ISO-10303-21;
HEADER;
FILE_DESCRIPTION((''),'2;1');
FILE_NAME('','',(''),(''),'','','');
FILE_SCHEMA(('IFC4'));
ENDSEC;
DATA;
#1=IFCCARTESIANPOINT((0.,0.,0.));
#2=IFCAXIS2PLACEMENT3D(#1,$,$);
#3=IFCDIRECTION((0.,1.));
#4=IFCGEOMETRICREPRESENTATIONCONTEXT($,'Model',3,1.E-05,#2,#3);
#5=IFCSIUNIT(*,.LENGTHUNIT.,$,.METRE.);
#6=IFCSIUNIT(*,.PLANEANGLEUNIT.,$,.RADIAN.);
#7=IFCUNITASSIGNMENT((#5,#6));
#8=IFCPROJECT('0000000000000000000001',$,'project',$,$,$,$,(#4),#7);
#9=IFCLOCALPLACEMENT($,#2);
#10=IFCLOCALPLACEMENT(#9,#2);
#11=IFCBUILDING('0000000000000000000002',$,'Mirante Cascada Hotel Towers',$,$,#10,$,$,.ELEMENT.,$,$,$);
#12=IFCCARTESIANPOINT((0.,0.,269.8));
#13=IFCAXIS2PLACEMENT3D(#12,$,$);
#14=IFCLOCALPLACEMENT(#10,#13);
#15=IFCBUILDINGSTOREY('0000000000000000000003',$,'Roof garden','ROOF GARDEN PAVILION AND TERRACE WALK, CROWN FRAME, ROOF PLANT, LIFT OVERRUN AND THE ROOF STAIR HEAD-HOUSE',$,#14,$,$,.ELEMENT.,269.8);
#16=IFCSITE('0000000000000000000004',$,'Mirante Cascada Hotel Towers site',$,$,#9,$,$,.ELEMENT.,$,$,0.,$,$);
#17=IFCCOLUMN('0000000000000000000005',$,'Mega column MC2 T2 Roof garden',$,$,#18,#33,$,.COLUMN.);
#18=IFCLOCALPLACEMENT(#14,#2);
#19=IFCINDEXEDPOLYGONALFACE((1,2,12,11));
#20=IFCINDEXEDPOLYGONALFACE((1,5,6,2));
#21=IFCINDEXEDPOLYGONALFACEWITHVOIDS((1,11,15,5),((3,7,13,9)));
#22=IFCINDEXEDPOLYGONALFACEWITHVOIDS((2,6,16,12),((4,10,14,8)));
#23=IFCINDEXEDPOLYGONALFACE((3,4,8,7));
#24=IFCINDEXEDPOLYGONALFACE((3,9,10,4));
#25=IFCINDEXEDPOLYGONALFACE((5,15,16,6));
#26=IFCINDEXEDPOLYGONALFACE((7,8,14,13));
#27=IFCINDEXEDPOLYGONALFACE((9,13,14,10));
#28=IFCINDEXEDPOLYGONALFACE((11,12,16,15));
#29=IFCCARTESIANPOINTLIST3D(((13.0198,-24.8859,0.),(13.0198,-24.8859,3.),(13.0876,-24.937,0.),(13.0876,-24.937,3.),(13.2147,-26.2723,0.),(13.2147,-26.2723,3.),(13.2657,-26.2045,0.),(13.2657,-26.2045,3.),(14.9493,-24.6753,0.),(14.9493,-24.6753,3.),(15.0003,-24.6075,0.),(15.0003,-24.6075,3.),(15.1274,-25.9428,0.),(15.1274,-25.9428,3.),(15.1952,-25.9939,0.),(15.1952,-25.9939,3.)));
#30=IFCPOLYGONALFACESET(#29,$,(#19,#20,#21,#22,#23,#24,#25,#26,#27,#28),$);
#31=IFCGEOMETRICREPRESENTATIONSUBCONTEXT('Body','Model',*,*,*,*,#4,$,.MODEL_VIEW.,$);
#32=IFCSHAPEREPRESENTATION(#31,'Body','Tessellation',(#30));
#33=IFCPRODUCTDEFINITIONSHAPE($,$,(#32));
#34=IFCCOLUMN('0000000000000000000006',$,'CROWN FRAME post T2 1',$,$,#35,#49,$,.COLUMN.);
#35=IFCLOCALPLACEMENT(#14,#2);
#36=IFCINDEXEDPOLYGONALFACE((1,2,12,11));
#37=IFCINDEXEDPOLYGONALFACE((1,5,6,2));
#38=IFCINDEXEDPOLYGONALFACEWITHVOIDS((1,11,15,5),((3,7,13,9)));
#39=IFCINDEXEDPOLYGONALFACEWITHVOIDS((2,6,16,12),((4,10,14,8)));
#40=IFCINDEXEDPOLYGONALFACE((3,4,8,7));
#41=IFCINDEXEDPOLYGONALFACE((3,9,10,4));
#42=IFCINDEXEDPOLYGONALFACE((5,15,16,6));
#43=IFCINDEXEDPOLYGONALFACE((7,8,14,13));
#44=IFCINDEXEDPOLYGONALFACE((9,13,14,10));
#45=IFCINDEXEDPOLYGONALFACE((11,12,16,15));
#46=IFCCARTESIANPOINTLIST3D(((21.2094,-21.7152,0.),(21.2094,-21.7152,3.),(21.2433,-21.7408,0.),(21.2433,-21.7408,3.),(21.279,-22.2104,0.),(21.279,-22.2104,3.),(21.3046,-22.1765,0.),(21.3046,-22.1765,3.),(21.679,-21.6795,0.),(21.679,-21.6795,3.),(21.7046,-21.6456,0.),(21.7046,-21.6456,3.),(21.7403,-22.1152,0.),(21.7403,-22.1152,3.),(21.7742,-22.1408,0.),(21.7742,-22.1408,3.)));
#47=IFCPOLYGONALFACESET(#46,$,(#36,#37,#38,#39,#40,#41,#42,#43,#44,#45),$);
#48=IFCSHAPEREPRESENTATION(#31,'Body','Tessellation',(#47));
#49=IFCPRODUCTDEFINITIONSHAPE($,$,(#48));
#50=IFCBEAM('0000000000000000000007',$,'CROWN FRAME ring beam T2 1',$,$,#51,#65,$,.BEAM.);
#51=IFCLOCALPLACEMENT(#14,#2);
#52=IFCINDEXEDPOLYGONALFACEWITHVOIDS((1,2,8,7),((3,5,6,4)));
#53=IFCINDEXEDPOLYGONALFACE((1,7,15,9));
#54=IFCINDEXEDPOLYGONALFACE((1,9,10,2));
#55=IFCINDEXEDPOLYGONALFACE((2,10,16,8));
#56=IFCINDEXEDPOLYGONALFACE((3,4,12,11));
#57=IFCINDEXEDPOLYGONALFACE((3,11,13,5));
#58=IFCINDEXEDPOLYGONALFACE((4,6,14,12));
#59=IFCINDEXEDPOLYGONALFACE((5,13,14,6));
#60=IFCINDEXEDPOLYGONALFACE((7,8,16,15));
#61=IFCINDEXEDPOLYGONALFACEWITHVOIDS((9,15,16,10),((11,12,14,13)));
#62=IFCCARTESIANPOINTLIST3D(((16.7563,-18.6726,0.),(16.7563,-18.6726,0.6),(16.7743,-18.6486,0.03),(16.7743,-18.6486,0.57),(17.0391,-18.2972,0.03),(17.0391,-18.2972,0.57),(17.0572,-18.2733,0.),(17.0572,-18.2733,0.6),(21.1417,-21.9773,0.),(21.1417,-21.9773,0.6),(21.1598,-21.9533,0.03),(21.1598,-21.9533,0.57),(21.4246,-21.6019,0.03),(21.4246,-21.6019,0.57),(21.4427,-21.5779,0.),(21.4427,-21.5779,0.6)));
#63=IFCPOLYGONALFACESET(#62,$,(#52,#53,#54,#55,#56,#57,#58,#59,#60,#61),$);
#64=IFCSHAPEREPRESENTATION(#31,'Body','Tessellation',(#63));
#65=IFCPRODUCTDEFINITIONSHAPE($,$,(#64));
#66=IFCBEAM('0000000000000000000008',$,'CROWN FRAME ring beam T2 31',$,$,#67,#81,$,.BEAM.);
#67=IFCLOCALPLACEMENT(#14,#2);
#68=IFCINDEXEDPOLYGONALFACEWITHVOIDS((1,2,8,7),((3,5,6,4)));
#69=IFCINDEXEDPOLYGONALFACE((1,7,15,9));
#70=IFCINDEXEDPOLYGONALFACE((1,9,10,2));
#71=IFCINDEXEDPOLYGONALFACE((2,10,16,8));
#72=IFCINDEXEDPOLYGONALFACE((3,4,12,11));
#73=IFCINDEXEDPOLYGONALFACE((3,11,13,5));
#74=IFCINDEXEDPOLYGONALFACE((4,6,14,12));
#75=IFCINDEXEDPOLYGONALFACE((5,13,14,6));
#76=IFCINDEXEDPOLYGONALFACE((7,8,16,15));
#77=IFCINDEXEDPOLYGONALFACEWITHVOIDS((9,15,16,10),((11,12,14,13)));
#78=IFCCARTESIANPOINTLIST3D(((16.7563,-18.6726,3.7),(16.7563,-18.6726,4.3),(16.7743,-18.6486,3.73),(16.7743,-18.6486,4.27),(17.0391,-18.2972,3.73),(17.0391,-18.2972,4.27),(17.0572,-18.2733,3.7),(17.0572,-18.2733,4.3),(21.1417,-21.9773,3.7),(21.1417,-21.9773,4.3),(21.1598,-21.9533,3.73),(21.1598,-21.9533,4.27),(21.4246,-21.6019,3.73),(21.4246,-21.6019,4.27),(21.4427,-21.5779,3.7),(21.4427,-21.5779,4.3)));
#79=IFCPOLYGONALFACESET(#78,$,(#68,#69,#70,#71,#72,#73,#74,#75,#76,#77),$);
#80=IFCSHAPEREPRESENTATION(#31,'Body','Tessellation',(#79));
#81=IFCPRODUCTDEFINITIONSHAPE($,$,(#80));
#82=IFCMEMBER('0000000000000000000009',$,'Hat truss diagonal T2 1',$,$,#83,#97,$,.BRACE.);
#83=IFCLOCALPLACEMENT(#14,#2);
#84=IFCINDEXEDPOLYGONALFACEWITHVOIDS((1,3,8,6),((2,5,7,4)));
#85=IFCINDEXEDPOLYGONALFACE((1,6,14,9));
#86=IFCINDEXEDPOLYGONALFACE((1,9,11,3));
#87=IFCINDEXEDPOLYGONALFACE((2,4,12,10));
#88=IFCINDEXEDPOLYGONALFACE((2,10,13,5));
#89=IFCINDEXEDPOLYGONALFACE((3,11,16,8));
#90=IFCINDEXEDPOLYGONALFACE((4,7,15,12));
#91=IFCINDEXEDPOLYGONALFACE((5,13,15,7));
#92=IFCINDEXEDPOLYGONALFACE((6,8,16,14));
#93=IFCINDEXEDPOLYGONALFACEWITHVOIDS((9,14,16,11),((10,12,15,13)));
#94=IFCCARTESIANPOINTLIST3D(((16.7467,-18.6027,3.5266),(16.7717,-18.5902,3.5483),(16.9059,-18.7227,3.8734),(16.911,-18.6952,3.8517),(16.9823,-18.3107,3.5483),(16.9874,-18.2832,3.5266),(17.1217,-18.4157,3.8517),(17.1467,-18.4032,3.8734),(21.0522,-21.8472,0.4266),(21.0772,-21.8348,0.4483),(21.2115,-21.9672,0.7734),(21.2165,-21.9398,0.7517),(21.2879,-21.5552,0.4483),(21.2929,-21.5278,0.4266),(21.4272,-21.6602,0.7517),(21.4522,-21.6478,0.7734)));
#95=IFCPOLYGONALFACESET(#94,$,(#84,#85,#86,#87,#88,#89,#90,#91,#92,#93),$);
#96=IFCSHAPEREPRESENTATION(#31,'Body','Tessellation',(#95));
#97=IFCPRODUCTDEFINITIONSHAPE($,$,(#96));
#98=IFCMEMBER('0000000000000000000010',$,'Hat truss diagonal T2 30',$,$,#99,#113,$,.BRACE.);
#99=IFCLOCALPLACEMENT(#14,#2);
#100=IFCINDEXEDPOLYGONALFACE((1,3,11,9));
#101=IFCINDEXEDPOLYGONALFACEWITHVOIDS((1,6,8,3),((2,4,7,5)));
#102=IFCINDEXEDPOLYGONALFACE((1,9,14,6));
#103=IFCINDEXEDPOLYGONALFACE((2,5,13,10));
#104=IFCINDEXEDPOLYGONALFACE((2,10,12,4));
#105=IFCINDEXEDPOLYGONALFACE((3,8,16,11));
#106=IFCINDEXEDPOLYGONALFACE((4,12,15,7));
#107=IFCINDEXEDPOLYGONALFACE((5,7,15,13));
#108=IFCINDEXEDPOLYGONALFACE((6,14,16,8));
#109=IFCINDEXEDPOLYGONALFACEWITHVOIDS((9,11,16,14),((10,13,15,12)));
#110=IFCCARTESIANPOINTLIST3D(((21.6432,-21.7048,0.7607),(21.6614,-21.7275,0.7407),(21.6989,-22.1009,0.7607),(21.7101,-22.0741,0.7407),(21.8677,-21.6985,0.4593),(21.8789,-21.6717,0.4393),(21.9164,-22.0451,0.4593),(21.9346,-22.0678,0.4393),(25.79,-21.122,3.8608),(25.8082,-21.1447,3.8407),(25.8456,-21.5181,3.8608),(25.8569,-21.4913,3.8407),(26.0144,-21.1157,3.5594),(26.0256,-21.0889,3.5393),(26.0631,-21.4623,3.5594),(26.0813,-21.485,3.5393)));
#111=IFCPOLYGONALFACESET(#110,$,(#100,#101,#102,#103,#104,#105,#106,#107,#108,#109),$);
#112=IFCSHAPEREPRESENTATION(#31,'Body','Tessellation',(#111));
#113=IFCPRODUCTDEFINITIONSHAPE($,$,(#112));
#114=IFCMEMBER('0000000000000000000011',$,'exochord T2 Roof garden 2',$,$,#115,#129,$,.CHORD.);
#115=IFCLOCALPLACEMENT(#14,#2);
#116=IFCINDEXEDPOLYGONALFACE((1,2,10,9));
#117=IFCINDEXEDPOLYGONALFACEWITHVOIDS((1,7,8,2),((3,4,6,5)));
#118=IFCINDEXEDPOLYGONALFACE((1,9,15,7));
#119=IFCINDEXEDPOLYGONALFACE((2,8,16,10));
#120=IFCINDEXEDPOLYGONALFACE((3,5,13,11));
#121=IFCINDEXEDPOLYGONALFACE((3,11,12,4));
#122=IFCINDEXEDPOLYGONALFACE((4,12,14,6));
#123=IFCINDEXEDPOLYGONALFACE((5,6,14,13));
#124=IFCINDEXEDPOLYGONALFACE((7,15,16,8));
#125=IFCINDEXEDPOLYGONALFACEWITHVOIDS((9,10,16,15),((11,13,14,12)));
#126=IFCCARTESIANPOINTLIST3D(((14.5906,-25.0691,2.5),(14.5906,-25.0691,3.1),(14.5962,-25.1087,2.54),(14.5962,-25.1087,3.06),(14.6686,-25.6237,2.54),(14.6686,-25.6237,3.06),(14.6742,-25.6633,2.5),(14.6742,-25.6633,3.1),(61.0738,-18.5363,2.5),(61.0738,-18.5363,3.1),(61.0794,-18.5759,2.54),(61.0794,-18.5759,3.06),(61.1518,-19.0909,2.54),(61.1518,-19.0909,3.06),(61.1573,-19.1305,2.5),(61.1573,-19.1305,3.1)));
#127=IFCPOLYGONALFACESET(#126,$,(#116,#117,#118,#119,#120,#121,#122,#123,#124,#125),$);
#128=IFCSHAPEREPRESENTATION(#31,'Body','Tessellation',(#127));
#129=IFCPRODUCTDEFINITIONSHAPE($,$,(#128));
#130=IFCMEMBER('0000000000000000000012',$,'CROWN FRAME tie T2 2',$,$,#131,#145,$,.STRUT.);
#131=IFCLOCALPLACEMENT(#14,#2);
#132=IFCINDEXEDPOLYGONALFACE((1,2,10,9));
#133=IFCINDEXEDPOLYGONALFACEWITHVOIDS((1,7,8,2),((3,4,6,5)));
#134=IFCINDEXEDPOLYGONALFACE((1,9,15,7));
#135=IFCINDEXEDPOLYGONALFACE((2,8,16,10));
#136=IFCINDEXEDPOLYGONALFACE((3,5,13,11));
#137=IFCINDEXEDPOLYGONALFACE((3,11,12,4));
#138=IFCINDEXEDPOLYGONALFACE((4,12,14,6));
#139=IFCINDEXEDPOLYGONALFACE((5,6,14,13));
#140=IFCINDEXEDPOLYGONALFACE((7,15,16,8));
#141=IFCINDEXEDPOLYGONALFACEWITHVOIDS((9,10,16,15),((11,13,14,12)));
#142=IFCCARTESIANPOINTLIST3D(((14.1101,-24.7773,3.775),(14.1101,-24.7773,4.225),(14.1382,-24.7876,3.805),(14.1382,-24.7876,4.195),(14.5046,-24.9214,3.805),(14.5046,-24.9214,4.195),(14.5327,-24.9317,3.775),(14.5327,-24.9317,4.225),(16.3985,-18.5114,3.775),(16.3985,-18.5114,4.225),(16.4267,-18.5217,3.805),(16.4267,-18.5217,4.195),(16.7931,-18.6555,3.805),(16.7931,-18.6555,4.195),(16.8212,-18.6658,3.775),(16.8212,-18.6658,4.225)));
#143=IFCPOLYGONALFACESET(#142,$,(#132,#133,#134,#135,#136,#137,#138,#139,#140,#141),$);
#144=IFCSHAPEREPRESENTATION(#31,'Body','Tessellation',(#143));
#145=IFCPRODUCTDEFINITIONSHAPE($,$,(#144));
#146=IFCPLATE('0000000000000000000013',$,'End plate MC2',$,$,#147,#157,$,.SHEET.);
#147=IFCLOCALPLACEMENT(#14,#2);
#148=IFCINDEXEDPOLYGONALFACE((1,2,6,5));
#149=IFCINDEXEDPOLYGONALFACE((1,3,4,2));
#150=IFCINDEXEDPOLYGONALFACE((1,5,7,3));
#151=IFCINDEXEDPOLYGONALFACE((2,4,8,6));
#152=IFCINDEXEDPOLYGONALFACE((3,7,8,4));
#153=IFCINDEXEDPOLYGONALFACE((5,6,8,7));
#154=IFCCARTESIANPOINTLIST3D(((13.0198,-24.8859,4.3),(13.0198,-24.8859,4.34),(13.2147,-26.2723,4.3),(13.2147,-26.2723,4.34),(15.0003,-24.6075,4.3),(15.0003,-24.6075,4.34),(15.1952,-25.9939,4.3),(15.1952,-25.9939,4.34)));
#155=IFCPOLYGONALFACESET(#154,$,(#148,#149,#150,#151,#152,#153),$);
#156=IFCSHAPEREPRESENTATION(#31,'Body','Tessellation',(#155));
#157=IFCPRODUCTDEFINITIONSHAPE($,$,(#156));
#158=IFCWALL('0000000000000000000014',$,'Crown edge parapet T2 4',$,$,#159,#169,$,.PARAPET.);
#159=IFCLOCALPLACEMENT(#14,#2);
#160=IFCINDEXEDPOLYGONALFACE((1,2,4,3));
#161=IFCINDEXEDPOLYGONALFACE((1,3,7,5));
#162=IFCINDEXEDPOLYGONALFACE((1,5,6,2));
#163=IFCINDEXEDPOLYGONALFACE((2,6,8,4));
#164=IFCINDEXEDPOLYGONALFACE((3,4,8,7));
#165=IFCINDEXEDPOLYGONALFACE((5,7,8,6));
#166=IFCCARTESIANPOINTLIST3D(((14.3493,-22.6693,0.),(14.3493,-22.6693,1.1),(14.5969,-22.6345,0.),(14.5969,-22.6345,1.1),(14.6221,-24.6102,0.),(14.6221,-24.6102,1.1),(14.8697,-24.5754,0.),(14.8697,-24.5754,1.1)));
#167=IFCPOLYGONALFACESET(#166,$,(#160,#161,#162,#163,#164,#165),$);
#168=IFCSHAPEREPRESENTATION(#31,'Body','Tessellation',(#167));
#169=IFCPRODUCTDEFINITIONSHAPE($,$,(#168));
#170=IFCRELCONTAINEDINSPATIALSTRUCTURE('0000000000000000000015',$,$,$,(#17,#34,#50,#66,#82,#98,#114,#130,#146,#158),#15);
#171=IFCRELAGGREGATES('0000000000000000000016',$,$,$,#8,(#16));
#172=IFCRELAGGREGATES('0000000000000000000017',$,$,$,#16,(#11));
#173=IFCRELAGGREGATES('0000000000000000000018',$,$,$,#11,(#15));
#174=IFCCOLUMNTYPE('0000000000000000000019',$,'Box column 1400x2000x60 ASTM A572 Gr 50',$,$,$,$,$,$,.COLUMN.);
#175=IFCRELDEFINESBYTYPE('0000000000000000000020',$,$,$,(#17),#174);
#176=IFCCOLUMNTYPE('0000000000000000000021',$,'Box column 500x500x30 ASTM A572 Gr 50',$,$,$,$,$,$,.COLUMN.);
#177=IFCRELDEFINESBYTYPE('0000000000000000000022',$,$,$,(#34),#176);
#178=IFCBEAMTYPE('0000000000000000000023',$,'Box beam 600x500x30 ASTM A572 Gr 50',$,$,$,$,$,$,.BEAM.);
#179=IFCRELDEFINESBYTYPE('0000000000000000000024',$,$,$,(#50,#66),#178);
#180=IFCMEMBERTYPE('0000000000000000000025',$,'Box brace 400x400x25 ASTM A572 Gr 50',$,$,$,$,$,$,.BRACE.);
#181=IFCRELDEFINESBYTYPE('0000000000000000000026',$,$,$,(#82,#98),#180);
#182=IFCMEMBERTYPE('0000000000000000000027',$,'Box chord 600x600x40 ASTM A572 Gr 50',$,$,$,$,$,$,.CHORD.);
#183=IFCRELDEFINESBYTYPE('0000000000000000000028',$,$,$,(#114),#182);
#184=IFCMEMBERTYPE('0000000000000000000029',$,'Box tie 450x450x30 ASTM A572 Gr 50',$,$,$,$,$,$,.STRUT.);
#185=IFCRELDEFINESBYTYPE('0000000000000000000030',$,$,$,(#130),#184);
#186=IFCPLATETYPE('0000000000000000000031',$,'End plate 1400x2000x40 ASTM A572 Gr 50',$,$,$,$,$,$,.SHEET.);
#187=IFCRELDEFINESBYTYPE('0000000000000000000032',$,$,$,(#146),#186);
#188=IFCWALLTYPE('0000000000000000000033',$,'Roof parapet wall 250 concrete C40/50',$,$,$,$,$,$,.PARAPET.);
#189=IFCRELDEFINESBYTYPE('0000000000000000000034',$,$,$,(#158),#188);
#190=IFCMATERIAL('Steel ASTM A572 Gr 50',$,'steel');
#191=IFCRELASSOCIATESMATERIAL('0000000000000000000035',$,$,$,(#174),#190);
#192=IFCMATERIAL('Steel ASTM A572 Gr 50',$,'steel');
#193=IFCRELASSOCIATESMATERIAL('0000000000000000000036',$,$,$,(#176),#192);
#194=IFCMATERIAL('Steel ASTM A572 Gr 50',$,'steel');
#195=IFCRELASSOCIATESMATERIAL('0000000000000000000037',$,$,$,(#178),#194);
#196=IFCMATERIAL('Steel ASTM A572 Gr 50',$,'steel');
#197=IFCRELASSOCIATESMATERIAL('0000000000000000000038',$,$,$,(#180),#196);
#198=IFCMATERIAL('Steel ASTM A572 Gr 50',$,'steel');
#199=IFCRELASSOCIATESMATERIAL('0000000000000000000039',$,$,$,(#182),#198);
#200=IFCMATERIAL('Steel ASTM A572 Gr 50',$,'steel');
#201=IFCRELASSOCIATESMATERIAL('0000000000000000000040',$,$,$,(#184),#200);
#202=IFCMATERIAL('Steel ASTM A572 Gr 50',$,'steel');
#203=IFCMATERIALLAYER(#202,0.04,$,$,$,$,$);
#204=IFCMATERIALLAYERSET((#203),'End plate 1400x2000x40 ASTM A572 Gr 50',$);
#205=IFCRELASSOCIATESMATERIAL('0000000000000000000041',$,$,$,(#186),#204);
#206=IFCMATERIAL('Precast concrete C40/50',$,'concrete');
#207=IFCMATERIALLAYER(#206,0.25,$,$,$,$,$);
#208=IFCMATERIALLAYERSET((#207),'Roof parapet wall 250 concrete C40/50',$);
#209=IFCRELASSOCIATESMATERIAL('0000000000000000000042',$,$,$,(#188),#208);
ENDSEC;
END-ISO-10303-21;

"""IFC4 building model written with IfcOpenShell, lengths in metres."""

from ifc_helpers import new_model, si_unit, direction, frame, frame_2d, origin, origin_2d, place, context, subcontext, project, spatial, rectangle, hollow_rectangle, extrude, material, layer, layer_set, material_profile, profile_set, type_object, element, save


model = new_model("IFC4")

# Units and contexts
model_context = context("Model", 3, precision=1e-05, world=origin(), true_north=direction((0.0, 1.0)))
body_context = subcontext(model_context, "Body", "Model", "MODEL_VIEW")
ifc_project = project(units=[si_unit("LENGTHUNIT", "METRE"), si_unit("PLANEANGLEUNIT", "RADIAN")], contexts=[model_context])

# Site, building, storey
site_placement = place(None, origin())
site = spatial("IfcSite", under=ifc_project, at=site_placement, Name="Mirante Cascada Hotel Towers site", CompositionType="ELEMENT", RefElevation=0.0)
building_placement = place(site_placement, origin())
building = spatial("IfcBuilding", under=site, at=building_placement, Name="Mirante Cascada Hotel Towers", CompositionType="ELEMENT")
storey_placement = place(building_placement, frame((0.0, 0.0, 269.8)))
storey = spatial("IfcBuildingStorey", under=building, at=storey_placement, Name="Roof garden", Description="ROOF GARDEN PAVILION AND TERRACE WALK, CROWN FRAME, ROOF PLANT, LIFT OVERRUN AND THE ROOF STAIR HEAD-HOUSE", CompositionType="ELEMENT", Elevation=269.8)

# Columns
ifc_material_1 = material(Name="Steel ASTM A572 Gr 50", Category="steel")
ifc_material_profile_1 = material_profile(ifc_material_1, hollow_rectangle(XDim=2.0, YDim=1.4, WallThickness=0.06, at=origin_2d()), Name="Box column 1400x2000x60 ASTM A572 Gr 50")
ifc_profile_set_1 = profile_set([ifc_material_profile_1], Name="Steel ASTM A572 Gr 50")
column_type_1 = type_object("IfcColumnType", Name="Box column 1400x2000x60 ASTM A572 Gr 50", PredefinedType="COLUMN", material=ifc_profile_set_1)
column_1_placement = place(storey_placement, frame((14.1075, -25.4399, 0.0), z_axis=(0.0, 0.0, 1.0), x_axis=(0.990268, 0.139173, 0.0)))
element("IfcColumn", 1, at=column_1_placement, inside=storey, type_object=column_type_1, Name="Mega column MC2 T2 Roof garden", PredefinedType="COLUMN", context=body_context, shape_type="SweptSolid", body=[
    extrude(hollow_rectangle(XDim=2.0, YDim=1.4, WallThickness=0.06, at=origin_2d()), origin(), (0.0, 0.0, 1.0), 3.0),
])
ifc_material_2 = material(Name="Steel ASTM A572 Gr 50", Category="steel")
ifc_material_profile_2 = material_profile(ifc_material_2, hollow_rectangle(XDim=0.5, YDim=0.5, WallThickness=0.03, at=origin_2d()), Name="Box column 500x500x30 ASTM A572 Gr 50")
ifc_profile_set_2 = profile_set([ifc_material_profile_2], Name="Steel ASTM A572 Gr 50")
column_type_2 = type_object("IfcColumnType", Name="Box column 500x500x30 ASTM A572 Gr 50", PredefinedType="COLUMN", material=ifc_profile_set_2)
column_2_placement = place(storey_placement, frame((21.4918, -21.928, 0.0), z_axis=(0.0, 0.0, 1.0), x_axis=(0.990268, 0.139173, 0.0)))
element("IfcColumn", 2, at=column_2_placement, inside=storey, type_object=column_type_2, Name="CROWN FRAME post T2 1", PredefinedType="COLUMN", context=body_context, shape_type="SweptSolid", body=[
    extrude(hollow_rectangle(XDim=0.5, YDim=0.5, WallThickness=0.03, at=origin_2d()), origin(), (0.0, 0.0, 1.0), 3.0),
])

# Beams
ifc_material_3 = material(Name="Steel ASTM A572 Gr 50", Category="steel")
ifc_material_profile_3 = material_profile(ifc_material_3, hollow_rectangle(XDim=0.5, YDim=0.6, WallThickness=0.03, at=origin_2d()), Name="Box beam 600x500x30 ASTM A572 Gr 50")
ifc_profile_set_3 = profile_set([ifc_material_profile_3], Name="Steel ASTM A572 Gr 50")
beam_type = type_object("IfcBeamType", Name="Box beam 600x500x30 ASTM A572 Gr 50", PredefinedType="BEAM", material=ifc_profile_set_3)
for number, where, z_axis, x_axis, name in (
    (3, (21.2922, -21.7776, 0.3), (-0.798636, 0.601814, 0.0), (-0.601814, -0.798636, 0.0), "CROWN FRAME ring beam T2 1"),
    (4, (21.2922, -21.7776, 4.0), (-0.798636, 0.601814, 0.0), (-0.601814, -0.798636, 0.0), "CROWN FRAME ring beam T2 31"),
):
    element("IfcBeam", number, at=place(storey_placement, frame(where, z_axis=z_axis, x_axis=x_axis)), inside=storey, type_object=beam_type, Name=name, PredefinedType="BEAM", context=body_context, shape_type="SweptSolid", body=[
        extrude(hollow_rectangle(XDim=0.5, YDim=0.6, WallThickness=0.03, at=origin_2d()), origin(), (0.0, 0.0, 1.0), 5.4912),
    ])

# Members
ifc_material_4 = material(Name="Steel ASTM A572 Gr 50", Category="steel")
ifc_material_profile_4 = material_profile(ifc_material_4, hollow_rectangle(XDim=0.4, YDim=0.4, WallThickness=0.025, at=origin_2d()), Name="Box brace 400x400x25 ASTM A572 Gr 50")
ifc_profile_set_4 = profile_set([ifc_material_profile_4], Name="Steel ASTM A572 Gr 50")
member_type_1 = type_object("IfcMemberType", Name="Box brace 400x400x25 ASTM A572 Gr 50", PredefinedType="BRACE", material=ifc_profile_set_4)
member_1_placement = place(storey_placement, frame((21.2522, -21.7475, 0.6), z_axis=(-0.69233, 0.52172, 0.498484), x_axis=(-0.601824, -0.798629, 0.0)))
element("IfcMember", 5, at=member_1_placement, inside=storey, type_object=member_type_1, Name="Hat truss diagonal T2 1", PredefinedType="BRACE", context=body_context, shape_type="SweptSolid", body=[
    extrude(hollow_rectangle(XDim=0.4, YDim=0.4, WallThickness=0.025, at=origin_2d()), origin(), (0.0, 0.0, 1.0), 6.2189),
])
member_2_placement = place(storey_placement, frame((21.7889, -21.8863, 0.6), z_axis=(0.795902, 0.11186, 0.595002), x_axis=(-0.139178, 0.990267, 0.0)))
element("IfcMember", 6, at=member_2_placement, inside=storey, type_object=member_type_1, Name="Hat truss diagonal T2 30", PredefinedType="BRACE", context=body_context, shape_type="SweptSolid", body=[
    extrude(hollow_rectangle(XDim=0.4, YDim=0.4, WallThickness=0.025, at=origin_2d()), origin(), (0.0, 0.0, 1.0), 5.2101),
])
ifc_material_5 = material(Name="Steel ASTM A572 Gr 50", Category="steel")
ifc_material_profile_5 = material_profile(ifc_material_5, hollow_rectangle(XDim=0.6, YDim=0.6, WallThickness=0.04, at=origin_2d()), Name="Box chord 600x600x40 ASTM A572 Gr 50")
ifc_profile_set_5 = profile_set([ifc_material_profile_5], Name="Steel ASTM A572 Gr 50")
member_type_2 = type_object("IfcMemberType", Name="Box chord 600x600x40 ASTM A572 Gr 50", PredefinedType="CHORD", material=ifc_profile_set_5)
member_3_placement = place(storey_placement, frame((14.6324, -25.3662, 2.8), z_axis=(0.990268, 0.139173, 0.0), x_axis=(-0.139173, 0.990268, 0.0)))
element("IfcMember", 7, at=member_3_placement, inside=storey, type_object=member_type_2, Name="exochord T2 Roof garden 2", PredefinedType="CHORD", context=body_context, shape_type="SweptSolid", body=[
    extrude(hollow_rectangle(XDim=0.6, YDim=0.6, WallThickness=0.04, at=origin_2d()), origin(), (0.0, 0.0, 1.0), 46.94),
])
ifc_material_6 = material(Name="Steel ASTM A572 Gr 50", Category="steel")
ifc_material_profile_6 = material_profile(ifc_material_6, hollow_rectangle(XDim=0.45, YDim=0.45, WallThickness=0.03, at=origin_2d()), Name="Box tie 450x450x30 ASTM A572 Gr 50")
ifc_profile_set_6 = profile_set([ifc_material_profile_6], Name="Steel ASTM A572 Gr 50")
member_type_3 = type_object("IfcMemberType", Name="Box tie 450x450x30 ASTM A572 Gr 50", PredefinedType="STRUT", material=ifc_profile_set_6)
member_4_placement = place(storey_placement, frame((14.3214, -24.8545, 4.0), z_axis=(0.343066, 0.939311, 0.0), x_axis=(-0.939311, 0.343066, 0.0)))
element("IfcMember", 8, at=member_4_placement, inside=storey, type_object=member_type_3, Name="CROWN FRAME tie T2 2", PredefinedType="STRUT", context=body_context, shape_type="SweptSolid", body=[
    extrude(hollow_rectangle(XDim=0.45, YDim=0.45, WallThickness=0.03, at=origin_2d()), origin(), (0.0, 0.0, 1.0), 6.6707),
])

# Plate
ifc_material_7 = material(Name="Steel ASTM A572 Gr 50", Category="steel")
ifc_layer_1 = layer(ifc_material_7, 0.04)
ifc_layer_set_1 = layer_set([ifc_layer_1], Name="End plate 1400x2000x40 ASTM A572 Gr 50")
plate_type = type_object("IfcPlateType", Name="End plate 1400x2000x40 ASTM A572 Gr 50", PredefinedType="SHEET", material=ifc_layer_set_1)
plate_placement = place(storey_placement, frame((14.1075, -25.4399, 4.3), z_axis=(0.0, 0.0, 1.0), x_axis=(0.990268, 0.139173, 0.0)))
element("IfcPlate", 9, at=plate_placement, inside=storey, type_object=plate_type, Name="End plate MC2", PredefinedType="SHEET", context=body_context, shape_type="SweptSolid", body=[
    extrude(rectangle(XDim=2.0, YDim=1.4, at=origin_2d()), origin(), (0.0, 0.0, 1.0), 0.04),
])

# Wall
ifc_material_8 = material(Name="Precast concrete C40/50", Category="concrete")
ifc_layer_2 = layer(ifc_material_8, 0.25)
ifc_layer_set_2 = layer_set([ifc_layer_2], Name="Roof parapet wall 250 concrete C40/50")
wall_type = type_object("IfcWallType", Name="Roof parapet wall 250 concrete C40/50", PredefinedType="PARAPET", material=ifc_layer_set_2)
wall_placement = place(storey_placement, frame((14.7459, -24.5928, 0.0), z_axis=(0.0, 0.0, 1.0), x_axis=(-0.139185, 0.990266, 0.0)))
element("IfcWall", 10, at=wall_placement, inside=storey, type_object=wall_type, Name="Crown edge parapet T2 4", PredefinedType="PARAPET", context=body_context, shape_type="SweptSolid", body=[
    extrude(rectangle(XDim=1.96, YDim=0.25, at=frame_2d((0.98, 0.0))), origin(), (0.0, 0.0, 1.0), 1.1),
])

save(model, "model.ifc")
